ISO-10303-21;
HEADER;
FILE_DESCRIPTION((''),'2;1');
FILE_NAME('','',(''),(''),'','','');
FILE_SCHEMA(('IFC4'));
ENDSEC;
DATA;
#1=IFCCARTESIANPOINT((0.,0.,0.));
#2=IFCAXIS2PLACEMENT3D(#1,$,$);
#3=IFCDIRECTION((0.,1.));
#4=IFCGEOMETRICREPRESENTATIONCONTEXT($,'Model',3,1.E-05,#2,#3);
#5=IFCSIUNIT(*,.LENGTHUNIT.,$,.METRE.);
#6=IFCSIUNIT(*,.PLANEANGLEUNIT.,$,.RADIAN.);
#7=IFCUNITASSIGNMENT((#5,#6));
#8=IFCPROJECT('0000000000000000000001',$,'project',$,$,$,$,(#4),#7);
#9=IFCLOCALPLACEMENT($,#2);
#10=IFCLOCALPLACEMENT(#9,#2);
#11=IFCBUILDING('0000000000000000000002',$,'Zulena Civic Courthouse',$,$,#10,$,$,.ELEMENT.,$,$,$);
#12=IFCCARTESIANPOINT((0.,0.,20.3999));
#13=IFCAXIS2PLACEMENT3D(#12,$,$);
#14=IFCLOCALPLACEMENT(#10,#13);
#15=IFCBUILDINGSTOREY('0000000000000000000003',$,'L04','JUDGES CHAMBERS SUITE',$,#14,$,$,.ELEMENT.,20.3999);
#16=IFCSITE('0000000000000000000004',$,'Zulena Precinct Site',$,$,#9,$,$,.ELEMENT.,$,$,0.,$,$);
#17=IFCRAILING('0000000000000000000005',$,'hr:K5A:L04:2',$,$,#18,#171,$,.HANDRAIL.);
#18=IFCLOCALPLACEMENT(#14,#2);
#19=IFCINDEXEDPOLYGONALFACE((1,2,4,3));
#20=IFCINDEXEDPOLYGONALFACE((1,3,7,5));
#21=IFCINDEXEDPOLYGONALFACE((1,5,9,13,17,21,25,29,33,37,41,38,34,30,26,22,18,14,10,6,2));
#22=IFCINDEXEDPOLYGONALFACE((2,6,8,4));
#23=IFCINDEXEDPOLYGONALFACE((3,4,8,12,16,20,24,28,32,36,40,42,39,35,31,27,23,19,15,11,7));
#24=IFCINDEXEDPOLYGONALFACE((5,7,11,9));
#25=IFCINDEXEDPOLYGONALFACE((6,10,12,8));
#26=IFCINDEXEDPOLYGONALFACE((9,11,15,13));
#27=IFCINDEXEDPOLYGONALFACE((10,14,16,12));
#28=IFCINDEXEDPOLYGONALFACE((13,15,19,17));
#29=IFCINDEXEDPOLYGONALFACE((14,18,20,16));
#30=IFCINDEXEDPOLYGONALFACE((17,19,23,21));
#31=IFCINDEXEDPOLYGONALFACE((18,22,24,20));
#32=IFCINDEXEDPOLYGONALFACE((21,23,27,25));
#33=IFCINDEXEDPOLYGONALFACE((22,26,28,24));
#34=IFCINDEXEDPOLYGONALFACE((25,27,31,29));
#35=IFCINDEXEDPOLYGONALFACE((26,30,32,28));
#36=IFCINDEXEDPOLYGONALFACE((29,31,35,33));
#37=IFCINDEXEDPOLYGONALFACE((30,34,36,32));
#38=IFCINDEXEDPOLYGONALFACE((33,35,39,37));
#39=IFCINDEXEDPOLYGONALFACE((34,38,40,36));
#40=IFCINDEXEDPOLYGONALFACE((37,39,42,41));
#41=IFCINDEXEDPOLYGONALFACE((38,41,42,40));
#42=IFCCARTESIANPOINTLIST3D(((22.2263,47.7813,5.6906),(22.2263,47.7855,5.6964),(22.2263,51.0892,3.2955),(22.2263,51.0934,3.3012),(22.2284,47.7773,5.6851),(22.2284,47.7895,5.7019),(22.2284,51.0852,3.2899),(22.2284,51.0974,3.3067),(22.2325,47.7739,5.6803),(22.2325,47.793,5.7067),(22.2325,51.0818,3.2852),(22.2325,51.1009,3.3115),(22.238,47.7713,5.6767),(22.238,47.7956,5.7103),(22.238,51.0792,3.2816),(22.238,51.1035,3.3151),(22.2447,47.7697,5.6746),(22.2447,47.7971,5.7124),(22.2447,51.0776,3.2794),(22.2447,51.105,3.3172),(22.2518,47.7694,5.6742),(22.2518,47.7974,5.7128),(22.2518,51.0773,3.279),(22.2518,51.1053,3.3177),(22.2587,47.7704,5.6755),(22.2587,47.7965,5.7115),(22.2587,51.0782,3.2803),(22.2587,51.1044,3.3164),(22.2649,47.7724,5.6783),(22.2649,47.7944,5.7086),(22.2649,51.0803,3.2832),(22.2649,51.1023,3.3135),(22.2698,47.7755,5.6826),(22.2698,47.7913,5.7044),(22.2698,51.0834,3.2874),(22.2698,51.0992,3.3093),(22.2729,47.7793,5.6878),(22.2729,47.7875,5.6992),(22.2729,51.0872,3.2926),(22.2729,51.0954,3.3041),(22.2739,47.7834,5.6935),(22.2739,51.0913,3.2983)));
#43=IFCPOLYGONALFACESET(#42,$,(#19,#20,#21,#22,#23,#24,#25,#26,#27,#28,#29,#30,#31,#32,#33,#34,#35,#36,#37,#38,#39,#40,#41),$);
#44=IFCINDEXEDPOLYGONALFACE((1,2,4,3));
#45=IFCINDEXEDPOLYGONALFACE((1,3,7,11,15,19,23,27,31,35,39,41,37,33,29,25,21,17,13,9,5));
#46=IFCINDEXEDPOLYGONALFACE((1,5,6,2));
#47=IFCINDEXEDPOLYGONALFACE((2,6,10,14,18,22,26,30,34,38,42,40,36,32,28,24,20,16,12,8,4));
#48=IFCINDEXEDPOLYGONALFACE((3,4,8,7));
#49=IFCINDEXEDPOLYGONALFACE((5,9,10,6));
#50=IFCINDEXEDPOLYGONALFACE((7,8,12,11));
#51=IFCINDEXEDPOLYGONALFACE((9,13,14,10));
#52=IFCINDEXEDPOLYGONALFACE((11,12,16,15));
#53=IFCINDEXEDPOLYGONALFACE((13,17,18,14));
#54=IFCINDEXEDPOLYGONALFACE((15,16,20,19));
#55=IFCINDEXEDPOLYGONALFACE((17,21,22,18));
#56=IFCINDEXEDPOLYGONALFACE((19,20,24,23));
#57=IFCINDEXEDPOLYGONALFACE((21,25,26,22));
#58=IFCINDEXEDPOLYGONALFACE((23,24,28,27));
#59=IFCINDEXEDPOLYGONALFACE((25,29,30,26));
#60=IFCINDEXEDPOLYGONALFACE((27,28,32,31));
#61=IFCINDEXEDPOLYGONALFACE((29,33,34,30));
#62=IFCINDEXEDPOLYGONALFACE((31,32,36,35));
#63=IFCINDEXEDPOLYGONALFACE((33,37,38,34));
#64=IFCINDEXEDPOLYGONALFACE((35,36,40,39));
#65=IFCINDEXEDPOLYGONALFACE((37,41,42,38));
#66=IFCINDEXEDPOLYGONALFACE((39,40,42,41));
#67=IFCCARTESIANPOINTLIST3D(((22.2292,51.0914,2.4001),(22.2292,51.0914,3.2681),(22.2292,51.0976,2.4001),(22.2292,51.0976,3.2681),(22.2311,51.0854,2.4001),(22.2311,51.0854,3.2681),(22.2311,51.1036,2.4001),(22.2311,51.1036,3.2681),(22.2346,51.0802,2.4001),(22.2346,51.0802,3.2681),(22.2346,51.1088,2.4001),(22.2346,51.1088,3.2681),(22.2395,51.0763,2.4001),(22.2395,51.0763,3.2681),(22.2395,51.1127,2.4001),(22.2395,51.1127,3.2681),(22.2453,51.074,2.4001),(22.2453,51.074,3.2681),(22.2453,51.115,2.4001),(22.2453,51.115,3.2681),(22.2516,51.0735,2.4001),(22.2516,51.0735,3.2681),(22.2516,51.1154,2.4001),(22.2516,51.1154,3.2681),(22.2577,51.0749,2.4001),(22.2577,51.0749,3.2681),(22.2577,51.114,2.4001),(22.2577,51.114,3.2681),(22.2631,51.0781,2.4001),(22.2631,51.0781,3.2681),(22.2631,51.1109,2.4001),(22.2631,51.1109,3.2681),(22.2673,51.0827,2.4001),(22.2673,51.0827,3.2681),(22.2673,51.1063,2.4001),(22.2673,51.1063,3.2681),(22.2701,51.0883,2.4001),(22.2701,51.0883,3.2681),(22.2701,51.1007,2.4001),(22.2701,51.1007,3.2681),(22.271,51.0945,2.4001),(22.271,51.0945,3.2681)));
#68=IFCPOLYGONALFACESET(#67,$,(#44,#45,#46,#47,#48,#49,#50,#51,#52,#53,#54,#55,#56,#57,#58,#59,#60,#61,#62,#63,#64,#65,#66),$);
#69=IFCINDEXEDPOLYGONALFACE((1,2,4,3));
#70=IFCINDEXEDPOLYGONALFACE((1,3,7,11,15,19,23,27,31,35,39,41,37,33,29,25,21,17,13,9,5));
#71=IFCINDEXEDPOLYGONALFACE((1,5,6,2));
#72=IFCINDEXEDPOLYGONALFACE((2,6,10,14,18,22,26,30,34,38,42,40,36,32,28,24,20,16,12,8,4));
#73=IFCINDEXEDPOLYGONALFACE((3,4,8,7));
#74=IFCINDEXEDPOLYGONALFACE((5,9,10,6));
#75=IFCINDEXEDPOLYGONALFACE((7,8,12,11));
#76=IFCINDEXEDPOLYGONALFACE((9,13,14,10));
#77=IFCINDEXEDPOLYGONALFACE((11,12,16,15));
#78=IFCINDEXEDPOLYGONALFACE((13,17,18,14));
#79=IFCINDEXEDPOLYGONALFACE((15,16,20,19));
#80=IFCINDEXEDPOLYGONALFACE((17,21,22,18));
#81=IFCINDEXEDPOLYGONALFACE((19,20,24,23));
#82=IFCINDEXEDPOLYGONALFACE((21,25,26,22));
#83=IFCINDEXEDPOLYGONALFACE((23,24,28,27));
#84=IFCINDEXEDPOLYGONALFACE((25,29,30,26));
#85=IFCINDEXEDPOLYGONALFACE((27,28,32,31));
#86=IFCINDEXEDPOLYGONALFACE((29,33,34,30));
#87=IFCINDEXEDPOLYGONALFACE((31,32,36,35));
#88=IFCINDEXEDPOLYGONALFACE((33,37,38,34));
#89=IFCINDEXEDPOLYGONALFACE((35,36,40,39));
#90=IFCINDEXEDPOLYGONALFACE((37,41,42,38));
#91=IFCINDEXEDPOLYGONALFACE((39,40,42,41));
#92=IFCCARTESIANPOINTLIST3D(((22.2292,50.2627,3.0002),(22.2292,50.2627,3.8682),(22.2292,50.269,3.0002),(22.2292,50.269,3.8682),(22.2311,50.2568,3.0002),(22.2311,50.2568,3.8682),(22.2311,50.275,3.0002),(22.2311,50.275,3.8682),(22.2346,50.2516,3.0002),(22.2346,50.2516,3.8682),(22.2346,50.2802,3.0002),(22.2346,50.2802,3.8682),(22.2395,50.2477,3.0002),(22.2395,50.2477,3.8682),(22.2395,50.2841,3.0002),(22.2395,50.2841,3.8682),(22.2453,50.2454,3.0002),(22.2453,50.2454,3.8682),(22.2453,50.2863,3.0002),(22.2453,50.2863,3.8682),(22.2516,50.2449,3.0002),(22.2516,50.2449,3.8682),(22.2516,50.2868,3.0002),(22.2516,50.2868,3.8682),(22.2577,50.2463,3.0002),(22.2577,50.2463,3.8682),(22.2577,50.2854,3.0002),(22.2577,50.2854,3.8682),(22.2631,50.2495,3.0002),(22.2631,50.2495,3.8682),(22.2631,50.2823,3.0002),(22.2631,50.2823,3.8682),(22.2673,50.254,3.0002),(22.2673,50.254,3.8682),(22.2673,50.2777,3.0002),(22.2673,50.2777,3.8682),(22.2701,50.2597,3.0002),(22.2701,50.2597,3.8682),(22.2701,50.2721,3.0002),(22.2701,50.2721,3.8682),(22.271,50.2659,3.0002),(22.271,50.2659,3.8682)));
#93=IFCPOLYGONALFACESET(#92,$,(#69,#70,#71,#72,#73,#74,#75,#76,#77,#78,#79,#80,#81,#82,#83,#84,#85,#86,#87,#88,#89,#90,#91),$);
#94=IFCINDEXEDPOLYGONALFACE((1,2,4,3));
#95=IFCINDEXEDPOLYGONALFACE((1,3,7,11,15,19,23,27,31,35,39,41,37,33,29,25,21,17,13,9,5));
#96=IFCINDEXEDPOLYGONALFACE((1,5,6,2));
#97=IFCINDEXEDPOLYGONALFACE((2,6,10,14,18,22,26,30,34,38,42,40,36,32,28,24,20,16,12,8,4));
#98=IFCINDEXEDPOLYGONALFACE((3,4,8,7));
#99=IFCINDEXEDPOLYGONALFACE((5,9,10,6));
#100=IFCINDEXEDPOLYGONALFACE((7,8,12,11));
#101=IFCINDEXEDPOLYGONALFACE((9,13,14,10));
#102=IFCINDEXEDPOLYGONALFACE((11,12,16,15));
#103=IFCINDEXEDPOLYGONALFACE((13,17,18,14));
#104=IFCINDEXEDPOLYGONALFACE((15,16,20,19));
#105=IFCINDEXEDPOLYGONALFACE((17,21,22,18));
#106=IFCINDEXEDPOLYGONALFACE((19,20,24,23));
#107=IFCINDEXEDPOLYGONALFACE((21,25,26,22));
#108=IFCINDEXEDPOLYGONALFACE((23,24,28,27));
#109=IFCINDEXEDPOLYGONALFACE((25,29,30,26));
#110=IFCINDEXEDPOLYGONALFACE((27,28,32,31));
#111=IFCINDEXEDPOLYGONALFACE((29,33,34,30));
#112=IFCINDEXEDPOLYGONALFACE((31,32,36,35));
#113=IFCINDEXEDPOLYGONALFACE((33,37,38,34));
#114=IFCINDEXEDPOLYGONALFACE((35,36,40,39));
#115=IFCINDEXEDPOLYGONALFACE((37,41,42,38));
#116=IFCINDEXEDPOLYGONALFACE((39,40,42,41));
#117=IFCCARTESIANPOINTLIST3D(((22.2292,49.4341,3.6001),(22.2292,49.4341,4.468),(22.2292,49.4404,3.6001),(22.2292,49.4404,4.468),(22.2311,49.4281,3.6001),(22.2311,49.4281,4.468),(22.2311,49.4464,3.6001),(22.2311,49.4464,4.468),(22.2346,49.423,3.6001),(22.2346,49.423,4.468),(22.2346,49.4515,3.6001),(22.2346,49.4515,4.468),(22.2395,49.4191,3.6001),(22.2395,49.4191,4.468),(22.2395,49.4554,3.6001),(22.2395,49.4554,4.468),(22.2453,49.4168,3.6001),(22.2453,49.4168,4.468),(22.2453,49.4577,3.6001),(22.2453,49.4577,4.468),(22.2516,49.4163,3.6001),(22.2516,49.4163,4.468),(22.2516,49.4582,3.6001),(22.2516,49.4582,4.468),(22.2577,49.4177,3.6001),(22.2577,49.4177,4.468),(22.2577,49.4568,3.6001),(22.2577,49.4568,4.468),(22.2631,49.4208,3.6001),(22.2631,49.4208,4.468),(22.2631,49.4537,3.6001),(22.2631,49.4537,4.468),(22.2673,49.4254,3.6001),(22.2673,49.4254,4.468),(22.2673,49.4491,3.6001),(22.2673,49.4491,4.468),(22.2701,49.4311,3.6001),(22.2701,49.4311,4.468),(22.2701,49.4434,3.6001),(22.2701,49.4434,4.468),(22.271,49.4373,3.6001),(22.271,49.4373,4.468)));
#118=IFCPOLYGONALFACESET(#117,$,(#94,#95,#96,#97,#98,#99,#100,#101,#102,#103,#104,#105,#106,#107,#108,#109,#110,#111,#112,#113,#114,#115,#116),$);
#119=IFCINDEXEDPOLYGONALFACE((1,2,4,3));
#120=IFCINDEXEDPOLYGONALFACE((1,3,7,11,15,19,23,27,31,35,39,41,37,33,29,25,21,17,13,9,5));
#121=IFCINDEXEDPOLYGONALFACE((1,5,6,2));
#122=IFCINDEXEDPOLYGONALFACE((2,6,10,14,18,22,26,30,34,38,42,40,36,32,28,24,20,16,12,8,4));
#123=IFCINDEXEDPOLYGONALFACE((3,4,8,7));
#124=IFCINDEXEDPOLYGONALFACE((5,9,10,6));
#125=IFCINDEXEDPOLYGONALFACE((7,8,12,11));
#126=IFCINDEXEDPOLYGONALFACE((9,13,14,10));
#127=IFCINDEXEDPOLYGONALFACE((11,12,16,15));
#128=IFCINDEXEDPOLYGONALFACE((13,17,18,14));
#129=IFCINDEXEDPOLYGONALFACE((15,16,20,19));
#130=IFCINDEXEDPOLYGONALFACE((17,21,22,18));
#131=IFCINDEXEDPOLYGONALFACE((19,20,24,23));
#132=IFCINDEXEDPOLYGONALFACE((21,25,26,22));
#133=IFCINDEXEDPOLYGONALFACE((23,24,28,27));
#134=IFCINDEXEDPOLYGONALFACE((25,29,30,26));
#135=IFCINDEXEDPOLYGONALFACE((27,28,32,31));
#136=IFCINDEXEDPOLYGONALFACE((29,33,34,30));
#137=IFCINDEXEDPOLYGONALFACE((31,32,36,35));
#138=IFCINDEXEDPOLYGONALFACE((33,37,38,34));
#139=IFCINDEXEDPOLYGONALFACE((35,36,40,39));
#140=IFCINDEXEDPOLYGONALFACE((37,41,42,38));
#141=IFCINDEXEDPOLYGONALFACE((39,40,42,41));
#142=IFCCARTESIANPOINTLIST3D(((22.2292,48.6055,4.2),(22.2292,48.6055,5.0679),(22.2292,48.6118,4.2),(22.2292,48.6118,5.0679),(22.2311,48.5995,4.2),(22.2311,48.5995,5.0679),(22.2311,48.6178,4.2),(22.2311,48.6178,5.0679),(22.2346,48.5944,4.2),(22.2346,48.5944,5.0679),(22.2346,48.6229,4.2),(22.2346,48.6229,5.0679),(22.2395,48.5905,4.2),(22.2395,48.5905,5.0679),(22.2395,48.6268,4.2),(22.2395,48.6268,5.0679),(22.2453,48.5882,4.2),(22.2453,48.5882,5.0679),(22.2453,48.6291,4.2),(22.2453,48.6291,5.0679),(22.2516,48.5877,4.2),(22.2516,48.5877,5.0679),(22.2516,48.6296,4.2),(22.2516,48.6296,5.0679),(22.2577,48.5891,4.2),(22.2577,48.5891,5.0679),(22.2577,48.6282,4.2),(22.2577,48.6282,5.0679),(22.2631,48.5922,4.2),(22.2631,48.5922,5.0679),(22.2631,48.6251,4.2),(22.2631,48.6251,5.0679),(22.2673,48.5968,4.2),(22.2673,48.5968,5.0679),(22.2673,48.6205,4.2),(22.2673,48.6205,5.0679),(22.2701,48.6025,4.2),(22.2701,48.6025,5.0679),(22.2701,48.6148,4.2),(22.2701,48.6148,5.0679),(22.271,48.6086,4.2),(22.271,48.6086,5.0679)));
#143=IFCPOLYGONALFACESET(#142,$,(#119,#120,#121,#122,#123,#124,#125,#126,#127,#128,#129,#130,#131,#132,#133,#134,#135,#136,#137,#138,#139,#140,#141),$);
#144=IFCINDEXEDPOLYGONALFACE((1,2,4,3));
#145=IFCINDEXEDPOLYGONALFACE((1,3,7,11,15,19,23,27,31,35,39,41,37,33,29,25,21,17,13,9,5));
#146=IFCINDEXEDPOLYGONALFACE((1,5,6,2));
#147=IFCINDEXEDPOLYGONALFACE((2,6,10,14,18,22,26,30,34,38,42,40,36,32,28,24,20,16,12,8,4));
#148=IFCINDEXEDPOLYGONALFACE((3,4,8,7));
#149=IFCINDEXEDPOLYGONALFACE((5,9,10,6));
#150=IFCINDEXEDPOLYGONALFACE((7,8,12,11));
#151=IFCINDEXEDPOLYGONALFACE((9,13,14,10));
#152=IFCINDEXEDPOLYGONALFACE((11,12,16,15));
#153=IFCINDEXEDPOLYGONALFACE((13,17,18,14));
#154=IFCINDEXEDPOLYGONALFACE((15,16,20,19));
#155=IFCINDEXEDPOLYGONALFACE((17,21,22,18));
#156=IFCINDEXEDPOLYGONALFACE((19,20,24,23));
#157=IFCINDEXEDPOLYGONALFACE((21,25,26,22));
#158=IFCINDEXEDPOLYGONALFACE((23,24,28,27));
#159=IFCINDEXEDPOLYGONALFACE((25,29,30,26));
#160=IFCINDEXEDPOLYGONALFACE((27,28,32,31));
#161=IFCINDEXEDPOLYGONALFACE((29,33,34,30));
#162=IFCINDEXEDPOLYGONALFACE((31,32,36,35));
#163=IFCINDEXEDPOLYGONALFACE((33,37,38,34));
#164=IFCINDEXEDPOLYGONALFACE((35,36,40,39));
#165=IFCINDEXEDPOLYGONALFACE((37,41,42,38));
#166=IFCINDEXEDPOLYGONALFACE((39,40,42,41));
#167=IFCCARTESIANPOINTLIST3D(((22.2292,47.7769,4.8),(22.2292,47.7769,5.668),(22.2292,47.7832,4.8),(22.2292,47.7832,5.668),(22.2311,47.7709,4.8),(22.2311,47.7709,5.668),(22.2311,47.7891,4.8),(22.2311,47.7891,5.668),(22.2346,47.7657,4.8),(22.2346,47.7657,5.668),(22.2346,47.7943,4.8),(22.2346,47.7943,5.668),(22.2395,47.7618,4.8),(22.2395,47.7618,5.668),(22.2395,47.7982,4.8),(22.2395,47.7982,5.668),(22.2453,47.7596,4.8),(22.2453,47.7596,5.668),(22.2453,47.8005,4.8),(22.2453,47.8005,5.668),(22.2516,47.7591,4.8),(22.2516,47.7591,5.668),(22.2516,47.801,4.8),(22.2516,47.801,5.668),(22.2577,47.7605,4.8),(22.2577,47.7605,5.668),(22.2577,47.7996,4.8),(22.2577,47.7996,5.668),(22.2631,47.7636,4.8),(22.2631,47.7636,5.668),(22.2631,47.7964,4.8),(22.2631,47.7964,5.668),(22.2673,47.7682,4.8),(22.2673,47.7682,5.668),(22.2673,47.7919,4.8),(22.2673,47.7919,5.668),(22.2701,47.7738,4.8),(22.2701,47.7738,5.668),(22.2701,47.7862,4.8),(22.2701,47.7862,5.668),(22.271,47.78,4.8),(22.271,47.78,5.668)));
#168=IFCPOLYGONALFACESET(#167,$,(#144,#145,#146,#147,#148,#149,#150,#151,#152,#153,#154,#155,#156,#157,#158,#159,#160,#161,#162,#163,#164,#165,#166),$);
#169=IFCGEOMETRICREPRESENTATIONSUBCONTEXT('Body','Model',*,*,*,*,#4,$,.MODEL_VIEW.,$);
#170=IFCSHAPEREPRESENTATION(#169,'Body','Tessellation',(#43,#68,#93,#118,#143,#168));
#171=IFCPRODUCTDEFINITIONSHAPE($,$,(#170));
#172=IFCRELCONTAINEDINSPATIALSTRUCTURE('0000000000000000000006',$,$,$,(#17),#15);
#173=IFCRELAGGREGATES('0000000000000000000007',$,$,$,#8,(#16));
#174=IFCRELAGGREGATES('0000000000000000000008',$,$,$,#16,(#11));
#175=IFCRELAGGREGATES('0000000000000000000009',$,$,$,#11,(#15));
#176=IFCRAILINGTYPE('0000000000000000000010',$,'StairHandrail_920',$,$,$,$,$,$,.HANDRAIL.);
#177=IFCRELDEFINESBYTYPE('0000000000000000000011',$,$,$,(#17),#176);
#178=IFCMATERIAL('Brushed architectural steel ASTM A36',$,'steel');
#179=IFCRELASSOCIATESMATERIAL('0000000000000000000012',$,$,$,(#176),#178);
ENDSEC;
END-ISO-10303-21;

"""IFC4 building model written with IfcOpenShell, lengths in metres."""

from ifc_helpers import new_model, si_unit, direction, frame, origin, origin_2d, place, context, subcontext, project, spatial, circle, extrude, material, type_object, element, save


model = new_model("IFC4")

# Units and contexts
model_context = context("Model", 3, precision=1e-05, world=origin(), true_north=direction((0.0, 1.0)))
body_context = subcontext(model_context, "Body", "Model", "MODEL_VIEW")
ifc_project = project(units=[si_unit("LENGTHUNIT", "METRE"), si_unit("PLANEANGLEUNIT", "RADIAN")], contexts=[model_context])

# Site, building, storey
site_placement = place(None, origin())
site = spatial("IfcSite", under=ifc_project, at=site_placement, Name="Zulena Precinct Site", CompositionType="ELEMENT", RefElevation=0.0)
building_placement = place(site_placement, origin())
building = spatial("IfcBuilding", under=site, at=building_placement, Name="Zulena Civic Courthouse", CompositionType="ELEMENT")
storey_placement = place(building_placement, frame((0.0, 0.0, 20.3999)))
storey = spatial("IfcBuildingStorey", under=building, at=storey_placement, Name="L04", Description="JUDGES CHAMBERS SUITE", CompositionType="ELEMENT", Elevation=20.3999)

# Shared definitions
ifc_material_1 = material(Name="Brushed architectural steel ASTM A36", Category="steel")

# Railing
railing_type_1 = type_object("IfcRailingType", Name="StairHandrail_920", PredefinedType="HANDRAIL", material=ifc_material_1)
railing_1_placement = place(storey_placement, frame((22.25, 51.0945, 2.4001)))
element("IfcRailing", 1, at=railing_1_placement, inside=storey, type_object=railing_type_1, Name="hr:K5A:L04:2", PredefinedType="HANDRAIL", context=body_context, shape_type="SweptSolid", body=[
    extrude(circle(Radius=0.0239, at=origin_2d()), frame((0.0, -0.0032, 0.8982), z_axis=(0.0, -0.809968, 0.586475), x_axis=(1.0, 0.0, 0.0)), (0.0, 0.0, 1.0), 4.084),
    extrude(circle(Radius=0.021, at=origin_2d()), origin(), (0.0, 0.0, 1.0), 0.8679),
    extrude(circle(Radius=0.021, at=origin_2d()), frame((0.0, -0.8286, 0.6001)), (0.0, 0.0, 1.0), 0.8679),
    extrude(circle(Radius=0.021, at=origin_2d()), frame((0.0, -1.6572, 1.2)), (0.0, 0.0, 1.0), 0.8679),
    extrude(circle(Radius=0.021, at=origin_2d()), frame((0.0, -2.4858, 1.7998)), (0.0, 0.0, 1.0), 0.8679),
    extrude(circle(Radius=0.021, at=origin_2d()), frame((0.0, -3.3145, 2.3999)), (0.0, 0.0, 1.0), 0.8679),
])

save(model, "model.ifc")
